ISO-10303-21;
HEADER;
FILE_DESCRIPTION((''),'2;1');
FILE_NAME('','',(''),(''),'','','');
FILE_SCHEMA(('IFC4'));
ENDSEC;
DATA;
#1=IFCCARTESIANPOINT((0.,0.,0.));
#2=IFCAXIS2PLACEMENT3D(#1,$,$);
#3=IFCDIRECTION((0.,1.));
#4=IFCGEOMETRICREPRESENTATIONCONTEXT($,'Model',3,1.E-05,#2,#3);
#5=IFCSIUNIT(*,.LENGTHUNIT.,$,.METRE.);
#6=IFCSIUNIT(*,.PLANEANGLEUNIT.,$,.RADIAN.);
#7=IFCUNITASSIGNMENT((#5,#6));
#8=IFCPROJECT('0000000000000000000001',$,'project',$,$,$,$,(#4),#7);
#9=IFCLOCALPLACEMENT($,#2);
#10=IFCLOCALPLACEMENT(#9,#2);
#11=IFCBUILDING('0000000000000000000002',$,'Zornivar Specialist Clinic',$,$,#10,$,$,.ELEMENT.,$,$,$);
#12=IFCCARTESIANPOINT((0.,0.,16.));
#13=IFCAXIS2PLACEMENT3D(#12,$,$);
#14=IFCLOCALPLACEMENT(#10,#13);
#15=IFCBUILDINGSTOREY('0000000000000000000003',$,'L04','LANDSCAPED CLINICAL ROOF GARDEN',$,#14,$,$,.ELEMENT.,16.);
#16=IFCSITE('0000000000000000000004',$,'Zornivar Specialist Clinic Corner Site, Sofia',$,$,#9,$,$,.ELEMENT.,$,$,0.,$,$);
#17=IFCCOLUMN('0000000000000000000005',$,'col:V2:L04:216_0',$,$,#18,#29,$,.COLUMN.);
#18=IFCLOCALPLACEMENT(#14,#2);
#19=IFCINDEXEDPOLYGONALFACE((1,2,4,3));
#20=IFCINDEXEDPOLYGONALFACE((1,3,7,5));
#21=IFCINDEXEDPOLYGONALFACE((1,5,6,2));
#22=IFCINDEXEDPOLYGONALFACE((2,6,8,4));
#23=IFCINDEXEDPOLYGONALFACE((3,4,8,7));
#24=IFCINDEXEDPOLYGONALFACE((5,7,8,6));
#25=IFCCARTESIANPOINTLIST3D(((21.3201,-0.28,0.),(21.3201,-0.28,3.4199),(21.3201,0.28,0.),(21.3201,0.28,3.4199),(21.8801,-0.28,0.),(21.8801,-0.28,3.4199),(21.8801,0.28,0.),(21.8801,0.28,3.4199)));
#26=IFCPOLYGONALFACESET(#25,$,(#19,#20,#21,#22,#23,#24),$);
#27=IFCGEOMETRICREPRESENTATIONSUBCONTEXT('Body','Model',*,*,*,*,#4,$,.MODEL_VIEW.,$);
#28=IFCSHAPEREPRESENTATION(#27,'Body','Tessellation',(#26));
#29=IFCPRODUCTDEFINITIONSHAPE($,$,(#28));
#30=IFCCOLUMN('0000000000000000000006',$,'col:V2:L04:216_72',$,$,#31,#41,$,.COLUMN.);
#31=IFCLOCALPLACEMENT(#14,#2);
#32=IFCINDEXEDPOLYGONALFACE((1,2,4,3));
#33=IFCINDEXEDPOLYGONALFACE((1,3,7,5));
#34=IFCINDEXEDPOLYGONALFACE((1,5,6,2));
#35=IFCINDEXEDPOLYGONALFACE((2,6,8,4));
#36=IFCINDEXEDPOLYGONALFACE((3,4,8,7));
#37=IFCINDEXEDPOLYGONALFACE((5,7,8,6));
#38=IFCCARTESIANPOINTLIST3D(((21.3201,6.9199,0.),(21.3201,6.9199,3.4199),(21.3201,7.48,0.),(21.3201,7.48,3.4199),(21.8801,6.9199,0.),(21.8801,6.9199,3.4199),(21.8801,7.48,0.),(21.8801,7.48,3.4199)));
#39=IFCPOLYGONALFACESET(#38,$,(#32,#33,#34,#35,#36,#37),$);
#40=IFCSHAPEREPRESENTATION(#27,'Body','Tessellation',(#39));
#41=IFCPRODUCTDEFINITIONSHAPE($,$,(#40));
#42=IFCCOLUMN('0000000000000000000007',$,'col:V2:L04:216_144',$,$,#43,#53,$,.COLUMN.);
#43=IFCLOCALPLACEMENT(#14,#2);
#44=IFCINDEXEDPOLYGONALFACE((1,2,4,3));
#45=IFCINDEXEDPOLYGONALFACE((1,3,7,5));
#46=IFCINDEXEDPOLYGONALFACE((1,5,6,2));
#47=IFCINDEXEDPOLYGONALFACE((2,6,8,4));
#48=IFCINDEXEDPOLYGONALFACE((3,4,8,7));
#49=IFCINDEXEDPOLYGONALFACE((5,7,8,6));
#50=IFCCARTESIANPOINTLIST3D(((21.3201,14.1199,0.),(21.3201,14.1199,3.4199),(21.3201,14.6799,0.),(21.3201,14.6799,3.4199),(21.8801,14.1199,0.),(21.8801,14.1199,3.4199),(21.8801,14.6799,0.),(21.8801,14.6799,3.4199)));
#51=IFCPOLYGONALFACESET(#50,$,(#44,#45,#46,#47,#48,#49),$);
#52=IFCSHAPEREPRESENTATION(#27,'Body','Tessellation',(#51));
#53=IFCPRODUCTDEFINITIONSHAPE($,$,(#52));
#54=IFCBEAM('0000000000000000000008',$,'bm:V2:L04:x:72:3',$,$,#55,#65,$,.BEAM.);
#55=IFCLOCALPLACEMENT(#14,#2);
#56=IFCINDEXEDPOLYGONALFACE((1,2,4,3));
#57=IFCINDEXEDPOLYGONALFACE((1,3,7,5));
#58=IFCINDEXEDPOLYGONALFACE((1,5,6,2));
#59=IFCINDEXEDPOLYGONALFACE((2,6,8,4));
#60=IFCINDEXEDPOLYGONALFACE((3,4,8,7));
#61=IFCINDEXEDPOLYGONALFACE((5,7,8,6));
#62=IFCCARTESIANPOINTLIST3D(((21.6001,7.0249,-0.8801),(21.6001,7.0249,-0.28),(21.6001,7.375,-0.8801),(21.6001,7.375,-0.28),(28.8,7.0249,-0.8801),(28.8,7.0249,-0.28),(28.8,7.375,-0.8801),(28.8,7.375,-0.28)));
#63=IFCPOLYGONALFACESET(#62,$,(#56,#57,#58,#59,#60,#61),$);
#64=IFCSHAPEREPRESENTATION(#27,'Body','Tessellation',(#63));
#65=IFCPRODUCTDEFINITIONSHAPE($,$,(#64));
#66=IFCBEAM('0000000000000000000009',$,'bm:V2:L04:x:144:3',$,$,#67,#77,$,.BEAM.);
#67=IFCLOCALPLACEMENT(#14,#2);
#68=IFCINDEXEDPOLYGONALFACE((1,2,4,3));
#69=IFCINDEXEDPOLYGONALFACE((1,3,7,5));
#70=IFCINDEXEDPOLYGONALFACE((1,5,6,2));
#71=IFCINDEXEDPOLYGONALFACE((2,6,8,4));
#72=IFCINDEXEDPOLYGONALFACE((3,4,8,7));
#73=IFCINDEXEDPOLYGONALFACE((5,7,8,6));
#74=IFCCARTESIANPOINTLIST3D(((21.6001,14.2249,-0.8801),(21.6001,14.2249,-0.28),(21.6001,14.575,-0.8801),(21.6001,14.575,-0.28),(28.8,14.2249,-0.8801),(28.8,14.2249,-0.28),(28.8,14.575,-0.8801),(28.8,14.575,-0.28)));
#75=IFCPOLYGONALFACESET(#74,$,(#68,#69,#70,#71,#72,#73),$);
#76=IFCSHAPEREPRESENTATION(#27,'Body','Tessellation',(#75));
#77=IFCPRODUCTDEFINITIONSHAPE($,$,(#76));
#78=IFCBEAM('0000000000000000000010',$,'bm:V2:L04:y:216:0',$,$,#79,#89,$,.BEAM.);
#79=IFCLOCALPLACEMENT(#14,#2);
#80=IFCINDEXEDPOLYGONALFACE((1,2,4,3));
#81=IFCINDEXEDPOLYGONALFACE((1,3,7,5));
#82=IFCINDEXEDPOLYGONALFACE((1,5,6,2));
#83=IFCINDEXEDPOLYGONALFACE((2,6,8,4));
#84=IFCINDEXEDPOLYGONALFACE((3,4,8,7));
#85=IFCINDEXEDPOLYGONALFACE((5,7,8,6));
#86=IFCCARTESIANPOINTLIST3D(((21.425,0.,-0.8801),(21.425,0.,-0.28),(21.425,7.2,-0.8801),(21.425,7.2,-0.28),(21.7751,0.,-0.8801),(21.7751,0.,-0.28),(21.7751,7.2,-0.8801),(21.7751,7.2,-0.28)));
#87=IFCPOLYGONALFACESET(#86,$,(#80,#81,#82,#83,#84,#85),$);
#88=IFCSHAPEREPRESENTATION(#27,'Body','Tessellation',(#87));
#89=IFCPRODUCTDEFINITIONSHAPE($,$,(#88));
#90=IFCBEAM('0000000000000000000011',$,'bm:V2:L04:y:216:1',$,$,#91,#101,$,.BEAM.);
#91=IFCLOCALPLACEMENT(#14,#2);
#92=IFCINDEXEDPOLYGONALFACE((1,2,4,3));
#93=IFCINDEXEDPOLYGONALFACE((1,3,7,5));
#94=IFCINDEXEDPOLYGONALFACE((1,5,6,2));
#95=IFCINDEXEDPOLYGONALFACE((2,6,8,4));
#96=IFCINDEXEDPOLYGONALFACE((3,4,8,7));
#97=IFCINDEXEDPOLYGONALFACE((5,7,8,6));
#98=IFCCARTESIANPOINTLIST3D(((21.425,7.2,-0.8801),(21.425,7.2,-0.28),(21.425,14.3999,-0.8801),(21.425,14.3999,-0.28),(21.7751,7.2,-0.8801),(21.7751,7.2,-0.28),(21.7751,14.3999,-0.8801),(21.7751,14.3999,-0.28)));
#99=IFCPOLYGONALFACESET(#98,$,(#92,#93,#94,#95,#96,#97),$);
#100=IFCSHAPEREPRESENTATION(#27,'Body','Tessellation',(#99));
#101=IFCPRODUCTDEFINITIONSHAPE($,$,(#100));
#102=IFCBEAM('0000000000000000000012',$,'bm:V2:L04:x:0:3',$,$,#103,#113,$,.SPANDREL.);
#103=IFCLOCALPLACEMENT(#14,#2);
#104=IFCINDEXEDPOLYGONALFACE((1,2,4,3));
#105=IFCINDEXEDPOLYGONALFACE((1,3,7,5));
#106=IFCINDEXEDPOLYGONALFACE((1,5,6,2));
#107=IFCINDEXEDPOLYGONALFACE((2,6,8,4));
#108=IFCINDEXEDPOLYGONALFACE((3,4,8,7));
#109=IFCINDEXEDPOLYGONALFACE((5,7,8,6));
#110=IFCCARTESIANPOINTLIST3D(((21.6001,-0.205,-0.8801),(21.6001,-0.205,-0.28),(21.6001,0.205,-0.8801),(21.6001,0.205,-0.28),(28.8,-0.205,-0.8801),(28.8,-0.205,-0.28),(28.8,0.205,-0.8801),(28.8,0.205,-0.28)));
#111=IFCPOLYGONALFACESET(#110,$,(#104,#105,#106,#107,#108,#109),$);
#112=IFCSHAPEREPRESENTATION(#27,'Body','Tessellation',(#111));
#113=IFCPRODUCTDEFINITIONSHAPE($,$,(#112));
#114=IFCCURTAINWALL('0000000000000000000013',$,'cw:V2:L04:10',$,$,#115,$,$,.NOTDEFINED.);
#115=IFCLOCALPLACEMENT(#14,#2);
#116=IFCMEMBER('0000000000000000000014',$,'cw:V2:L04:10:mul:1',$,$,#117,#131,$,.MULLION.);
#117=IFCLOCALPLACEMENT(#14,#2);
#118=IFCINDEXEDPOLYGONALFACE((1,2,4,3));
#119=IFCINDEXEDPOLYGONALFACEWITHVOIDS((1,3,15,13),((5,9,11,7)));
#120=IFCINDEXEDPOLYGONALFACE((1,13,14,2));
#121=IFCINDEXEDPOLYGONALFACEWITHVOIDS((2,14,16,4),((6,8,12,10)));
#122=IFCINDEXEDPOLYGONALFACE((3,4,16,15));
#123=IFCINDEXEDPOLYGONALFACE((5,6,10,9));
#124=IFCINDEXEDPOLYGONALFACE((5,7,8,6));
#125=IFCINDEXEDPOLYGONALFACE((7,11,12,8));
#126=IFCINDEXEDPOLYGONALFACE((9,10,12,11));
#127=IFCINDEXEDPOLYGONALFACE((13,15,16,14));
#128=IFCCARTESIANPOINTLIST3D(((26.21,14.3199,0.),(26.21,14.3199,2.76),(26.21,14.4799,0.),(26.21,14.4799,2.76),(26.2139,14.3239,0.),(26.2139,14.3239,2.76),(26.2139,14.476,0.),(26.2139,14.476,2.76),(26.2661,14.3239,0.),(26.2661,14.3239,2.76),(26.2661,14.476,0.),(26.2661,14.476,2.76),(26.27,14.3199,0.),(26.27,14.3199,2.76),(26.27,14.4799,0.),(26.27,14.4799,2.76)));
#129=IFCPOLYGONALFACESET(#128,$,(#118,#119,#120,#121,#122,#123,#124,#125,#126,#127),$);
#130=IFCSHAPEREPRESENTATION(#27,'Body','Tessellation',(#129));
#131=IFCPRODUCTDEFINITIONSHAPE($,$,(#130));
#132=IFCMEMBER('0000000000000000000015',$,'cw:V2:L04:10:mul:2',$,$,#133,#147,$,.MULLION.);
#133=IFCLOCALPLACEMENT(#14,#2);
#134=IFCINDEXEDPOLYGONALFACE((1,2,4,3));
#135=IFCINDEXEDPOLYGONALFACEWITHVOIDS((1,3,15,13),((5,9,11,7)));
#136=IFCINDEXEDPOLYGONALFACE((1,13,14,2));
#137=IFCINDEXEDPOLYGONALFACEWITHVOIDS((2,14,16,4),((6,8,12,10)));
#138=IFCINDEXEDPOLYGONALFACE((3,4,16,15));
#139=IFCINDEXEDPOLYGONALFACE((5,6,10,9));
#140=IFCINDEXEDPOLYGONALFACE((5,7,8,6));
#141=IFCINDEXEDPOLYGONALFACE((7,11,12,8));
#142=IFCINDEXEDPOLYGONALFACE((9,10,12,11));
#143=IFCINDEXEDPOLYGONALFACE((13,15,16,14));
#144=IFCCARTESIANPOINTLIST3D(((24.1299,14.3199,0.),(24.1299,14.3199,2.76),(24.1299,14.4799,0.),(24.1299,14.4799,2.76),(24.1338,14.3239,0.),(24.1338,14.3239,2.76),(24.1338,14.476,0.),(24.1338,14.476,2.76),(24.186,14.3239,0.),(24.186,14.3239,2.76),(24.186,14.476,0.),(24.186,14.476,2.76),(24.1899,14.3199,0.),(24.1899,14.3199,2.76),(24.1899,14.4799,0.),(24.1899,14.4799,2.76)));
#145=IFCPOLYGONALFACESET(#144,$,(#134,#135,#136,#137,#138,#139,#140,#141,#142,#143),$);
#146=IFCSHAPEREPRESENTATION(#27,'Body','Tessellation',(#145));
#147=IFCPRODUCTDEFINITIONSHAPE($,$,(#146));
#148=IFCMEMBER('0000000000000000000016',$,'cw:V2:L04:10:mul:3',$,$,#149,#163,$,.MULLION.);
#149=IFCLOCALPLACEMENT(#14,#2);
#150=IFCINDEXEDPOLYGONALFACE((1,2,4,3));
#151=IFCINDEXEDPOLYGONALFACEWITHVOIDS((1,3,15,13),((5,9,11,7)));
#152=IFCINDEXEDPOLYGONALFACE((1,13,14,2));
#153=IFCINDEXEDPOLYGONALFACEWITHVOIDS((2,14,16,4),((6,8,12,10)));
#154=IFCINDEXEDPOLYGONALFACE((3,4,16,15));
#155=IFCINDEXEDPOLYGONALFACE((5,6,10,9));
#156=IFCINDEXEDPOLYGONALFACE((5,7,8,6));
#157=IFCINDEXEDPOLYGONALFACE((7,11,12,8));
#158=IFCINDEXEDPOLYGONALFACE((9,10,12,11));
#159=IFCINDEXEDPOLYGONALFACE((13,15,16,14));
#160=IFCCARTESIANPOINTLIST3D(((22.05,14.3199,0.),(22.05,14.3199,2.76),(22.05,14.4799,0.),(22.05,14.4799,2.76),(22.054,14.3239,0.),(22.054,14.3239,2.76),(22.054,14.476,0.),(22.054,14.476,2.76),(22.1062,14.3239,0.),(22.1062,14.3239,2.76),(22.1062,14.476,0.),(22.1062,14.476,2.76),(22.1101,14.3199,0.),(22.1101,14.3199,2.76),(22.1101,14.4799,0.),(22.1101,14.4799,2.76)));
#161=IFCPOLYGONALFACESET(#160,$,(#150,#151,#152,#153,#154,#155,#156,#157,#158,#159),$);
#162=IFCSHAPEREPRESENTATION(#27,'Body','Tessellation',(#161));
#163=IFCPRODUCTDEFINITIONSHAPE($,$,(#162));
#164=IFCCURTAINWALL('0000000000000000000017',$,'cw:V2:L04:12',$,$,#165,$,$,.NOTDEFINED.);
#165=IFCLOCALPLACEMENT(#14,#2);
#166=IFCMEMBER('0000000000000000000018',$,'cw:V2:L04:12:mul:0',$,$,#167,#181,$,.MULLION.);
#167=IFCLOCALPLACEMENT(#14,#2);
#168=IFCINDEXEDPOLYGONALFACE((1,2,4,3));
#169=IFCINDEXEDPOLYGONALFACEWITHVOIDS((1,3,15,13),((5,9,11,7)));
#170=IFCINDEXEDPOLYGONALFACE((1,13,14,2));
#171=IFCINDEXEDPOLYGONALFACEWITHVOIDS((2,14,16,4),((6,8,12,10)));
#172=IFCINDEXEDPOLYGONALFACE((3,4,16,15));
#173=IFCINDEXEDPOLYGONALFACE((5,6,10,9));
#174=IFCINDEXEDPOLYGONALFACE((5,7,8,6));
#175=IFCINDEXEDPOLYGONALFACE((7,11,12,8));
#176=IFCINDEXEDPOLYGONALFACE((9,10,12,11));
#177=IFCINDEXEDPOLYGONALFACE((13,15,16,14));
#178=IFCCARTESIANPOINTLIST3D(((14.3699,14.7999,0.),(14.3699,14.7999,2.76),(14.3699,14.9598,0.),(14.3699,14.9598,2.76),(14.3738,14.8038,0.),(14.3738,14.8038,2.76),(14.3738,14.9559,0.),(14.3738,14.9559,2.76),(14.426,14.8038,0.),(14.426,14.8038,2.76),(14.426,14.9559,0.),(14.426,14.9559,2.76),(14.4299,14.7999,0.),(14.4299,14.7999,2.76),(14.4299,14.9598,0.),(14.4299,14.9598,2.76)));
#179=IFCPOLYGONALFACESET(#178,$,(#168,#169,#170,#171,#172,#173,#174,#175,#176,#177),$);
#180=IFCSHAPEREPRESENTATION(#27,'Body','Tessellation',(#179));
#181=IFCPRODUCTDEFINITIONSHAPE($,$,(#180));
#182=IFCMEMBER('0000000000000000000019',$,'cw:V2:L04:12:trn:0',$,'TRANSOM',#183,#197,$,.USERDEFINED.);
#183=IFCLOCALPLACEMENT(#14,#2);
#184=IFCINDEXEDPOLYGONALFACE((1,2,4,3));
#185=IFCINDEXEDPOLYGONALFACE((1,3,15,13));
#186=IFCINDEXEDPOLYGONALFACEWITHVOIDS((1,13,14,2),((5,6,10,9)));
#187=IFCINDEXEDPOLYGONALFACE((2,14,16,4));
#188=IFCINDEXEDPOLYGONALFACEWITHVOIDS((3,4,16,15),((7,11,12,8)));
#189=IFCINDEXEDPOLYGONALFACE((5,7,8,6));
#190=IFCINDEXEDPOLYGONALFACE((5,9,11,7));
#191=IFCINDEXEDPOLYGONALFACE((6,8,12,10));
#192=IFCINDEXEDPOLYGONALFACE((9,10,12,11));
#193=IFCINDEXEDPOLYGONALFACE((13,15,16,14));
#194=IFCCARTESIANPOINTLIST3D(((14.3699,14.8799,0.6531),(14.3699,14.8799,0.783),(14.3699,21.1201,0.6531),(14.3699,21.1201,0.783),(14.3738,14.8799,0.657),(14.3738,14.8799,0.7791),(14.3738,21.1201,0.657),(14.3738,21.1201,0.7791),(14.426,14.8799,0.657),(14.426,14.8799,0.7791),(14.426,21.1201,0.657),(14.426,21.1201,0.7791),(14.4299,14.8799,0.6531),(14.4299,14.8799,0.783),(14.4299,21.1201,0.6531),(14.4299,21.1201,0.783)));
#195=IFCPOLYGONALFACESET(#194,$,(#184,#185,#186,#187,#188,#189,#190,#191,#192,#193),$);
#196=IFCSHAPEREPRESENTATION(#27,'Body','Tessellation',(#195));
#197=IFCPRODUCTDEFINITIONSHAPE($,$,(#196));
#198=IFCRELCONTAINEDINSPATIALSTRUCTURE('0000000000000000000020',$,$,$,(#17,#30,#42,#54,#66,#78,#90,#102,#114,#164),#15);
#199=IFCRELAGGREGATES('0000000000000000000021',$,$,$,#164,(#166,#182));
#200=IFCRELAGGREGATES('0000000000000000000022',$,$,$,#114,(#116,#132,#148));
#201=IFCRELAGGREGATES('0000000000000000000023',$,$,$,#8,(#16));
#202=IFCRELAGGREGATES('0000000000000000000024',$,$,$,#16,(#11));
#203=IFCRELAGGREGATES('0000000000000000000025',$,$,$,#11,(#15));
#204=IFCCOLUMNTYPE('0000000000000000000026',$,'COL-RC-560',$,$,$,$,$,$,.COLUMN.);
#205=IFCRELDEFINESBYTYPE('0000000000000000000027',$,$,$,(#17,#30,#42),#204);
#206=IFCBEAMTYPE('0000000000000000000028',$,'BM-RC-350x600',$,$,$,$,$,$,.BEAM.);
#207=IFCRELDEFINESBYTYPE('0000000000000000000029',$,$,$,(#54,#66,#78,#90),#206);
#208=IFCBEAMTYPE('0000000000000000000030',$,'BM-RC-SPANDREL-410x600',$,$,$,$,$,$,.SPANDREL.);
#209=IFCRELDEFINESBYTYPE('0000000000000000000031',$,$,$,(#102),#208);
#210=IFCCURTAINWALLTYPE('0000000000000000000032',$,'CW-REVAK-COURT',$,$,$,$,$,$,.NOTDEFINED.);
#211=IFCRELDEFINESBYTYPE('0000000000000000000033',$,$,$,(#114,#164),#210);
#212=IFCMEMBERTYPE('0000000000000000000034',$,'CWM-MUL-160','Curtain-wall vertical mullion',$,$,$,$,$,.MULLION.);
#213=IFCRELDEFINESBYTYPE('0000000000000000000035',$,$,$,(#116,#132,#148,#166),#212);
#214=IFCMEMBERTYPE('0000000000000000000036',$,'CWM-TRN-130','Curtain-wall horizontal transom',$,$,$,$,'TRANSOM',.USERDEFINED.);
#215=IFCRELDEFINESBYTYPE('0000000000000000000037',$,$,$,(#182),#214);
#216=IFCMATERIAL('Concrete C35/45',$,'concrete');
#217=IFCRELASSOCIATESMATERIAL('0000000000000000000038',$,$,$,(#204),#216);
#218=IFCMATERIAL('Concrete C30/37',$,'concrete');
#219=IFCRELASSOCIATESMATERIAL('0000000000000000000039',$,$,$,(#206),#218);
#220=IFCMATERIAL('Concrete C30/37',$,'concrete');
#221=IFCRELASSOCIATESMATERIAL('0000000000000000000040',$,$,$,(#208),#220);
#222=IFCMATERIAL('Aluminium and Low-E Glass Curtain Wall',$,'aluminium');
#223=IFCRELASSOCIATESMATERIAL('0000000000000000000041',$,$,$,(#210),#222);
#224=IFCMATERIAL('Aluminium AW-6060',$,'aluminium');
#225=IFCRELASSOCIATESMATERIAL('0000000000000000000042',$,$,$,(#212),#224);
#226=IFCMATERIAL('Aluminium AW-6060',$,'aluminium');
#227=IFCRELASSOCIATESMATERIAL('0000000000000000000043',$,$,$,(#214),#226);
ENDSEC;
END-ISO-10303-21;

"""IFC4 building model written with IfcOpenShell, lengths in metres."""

from ifc_helpers import new_model, si_unit, direction, frame, origin, origin_2d, place, context, subcontext, project, spatial, rectangle, hollow_rectangle, extrude, material, material_profile, profile_set, type_object, element, aggregate, save


model = new_model("IFC4")

# Units and contexts
model_context = context("Model", 3, precision=1e-05, world=origin(), true_north=direction((0.0, 1.0)))
body_context = subcontext(model_context, "Body", "Model", "MODEL_VIEW")
ifc_project = project(units=[si_unit("LENGTHUNIT", "METRE"), si_unit("PLANEANGLEUNIT", "RADIAN")], contexts=[model_context])

# Site, building, storey
site_placement = place(None, origin())
site = spatial("IfcSite", under=ifc_project, at=site_placement, Name="Zornivar Specialist Clinic Corner Site, Sofia", CompositionType="ELEMENT", RefElevation=0.0)
building_placement = place(site_placement, origin())
building = spatial("IfcBuilding", under=site, at=building_placement, Name="Zornivar Specialist Clinic", CompositionType="ELEMENT")
storey_placement = place(building_placement, frame((0.0, 0.0, 16.0)))
storey = spatial("IfcBuildingStorey", under=building, at=storey_placement, Name="L04", Description="LANDSCAPED CLINICAL ROOF GARDEN", CompositionType="ELEMENT", Elevation=16.0)

# Columns
ifc_material_1 = material(Name="Concrete C35/45", Category="concrete")
ifc_material_profile_1 = material_profile(ifc_material_1, rectangle(XDim=0.5601, YDim=0.5601, at=origin_2d()), Name="RC 560x560")
ifc_profile_set_1 = profile_set([ifc_material_profile_1], Name="Concrete C35/45")
column_type = type_object("IfcColumnType", Name="COL-RC-560", PredefinedType="COLUMN", material=ifc_profile_set_1)
for number, where, z_axis, x_axis, name in (
    (1, (21.6001, 0.0, 0.0), (0.0, 0.0, 1.0), (1.0, 0.0, 0.0), "col:V2:L04:216_0"),
    (2, (21.6001, 7.2, 0.0), (0.0, 0.0, 1.0), (1.0, 0.0, 0.0), "col:V2:L04:216_72"),
    (3, (21.6001, 14.3999, 0.0), (0.0, 0.0, 1.0), (1.0, 0.0, 0.0), "col:V2:L04:216_144"),
):
    element("IfcColumn", number, at=place(storey_placement, frame(where, z_axis=z_axis, x_axis=x_axis)), inside=storey, type_object=column_type, Name=name, PredefinedType="COLUMN", context=body_context, shape_type="SweptSolid", body=[
        extrude(rectangle(XDim=0.5601, YDim=0.5601, at=origin_2d()), origin(), (0.0, 0.0, 1.0), 3.4199),
    ])

# Beams
ifc_material_2 = material(Name="Concrete C30/37", Category="concrete")
ifc_material_profile_2 = material_profile(ifc_material_2, rectangle(XDim=0.3501, YDim=0.6001, at=origin_2d()), Name="RC 350x600")
ifc_profile_set_2 = profile_set([ifc_material_profile_2], Name="Concrete C30/37")
beam_type_1 = type_object("IfcBeamType", Name="BM-RC-350x600", PredefinedType="BEAM", material=ifc_profile_set_2)
for number, where, z_axis, x_axis, name in (
    (4, (21.6001, 7.2, -0.5801), (1.0, 0.0, 0.0), (0.0, 1.0, 0.0), "bm:V2:L04:x:72:3"),
    (5, (21.6001, 14.3999, -0.5801), (1.0, 0.0, 0.0), (0.0, 1.0, 0.0), "bm:V2:L04:x:144:3"),
    (6, (21.6001, 0.0, -0.5801), (0.0, 1.0, 0.0), (-1.0, 0.0, 0.0), "bm:V2:L04:y:216:0"),
    (7, (21.6001, 7.2, -0.5801), (0.0, 1.0, 0.0), (-1.0, 0.0, 0.0), "bm:V2:L04:y:216:1"),
):
    element("IfcBeam", number, at=place(storey_placement, frame(where, z_axis=z_axis, x_axis=x_axis)), inside=storey, type_object=beam_type_1, Name=name, PredefinedType="BEAM", context=body_context, shape_type="SweptSolid", body=[
        extrude(rectangle(XDim=0.3501, YDim=0.6001, at=origin_2d()), origin(), (0.0, 0.0, 1.0), 7.2),
    ])
ifc_material_3 = material(Name="Concrete C30/37", Category="concrete")
ifc_material_profile_3 = material_profile(ifc_material_3, rectangle(XDim=0.4099, YDim=0.6001, at=origin_2d()), Name="RC 410x600")
ifc_profile_set_3 = profile_set([ifc_material_profile_3], Name="Concrete C30/37")
beam_type_2 = type_object("IfcBeamType", Name="BM-RC-SPANDREL-410x600", PredefinedType="SPANDREL", material=ifc_profile_set_3)
beam_placement = place(storey_placement, frame((21.6001, 0.0, -0.5801), z_axis=(1.0, 0.0, 0.0), x_axis=(0.0, 1.0, 0.0)))
element("IfcBeam", 8, at=beam_placement, inside=storey, type_object=beam_type_2, Name="bm:V2:L04:x:0:3", PredefinedType="SPANDREL", context=body_context, shape_type="SweptSolid", body=[
    extrude(rectangle(XDim=0.4099, YDim=0.6001, at=origin_2d()), origin(), (0.0, 0.0, 1.0), 7.2),
])

# Curtain walls, members
ifc_material_4 = material(Name="Aluminium and Low-E Glass Curtain Wall", Category="aluminium")
curtain_wall_type = type_object("IfcCurtainWallType", Name="CW-REVAK-COURT", PredefinedType="NOTDEFINED", material=ifc_material_4)
curtain_wall_1_placement = place(storey_placement, origin())
curtain_wall_1 = element("IfcCurtainWall", 9, at=curtain_wall_1_placement, inside=storey, type_object=curtain_wall_type, Name="cw:V2:L04:10", PredefinedType="NOTDEFINED")
ifc_material_5 = material(Name="Aluminium AW-6060", Category="aluminium")
ifc_material_profile_4 = material_profile(ifc_material_5, hollow_rectangle(XDim=0.0601, YDim=0.1599, WallThickness=0.0039, at=origin_2d()), Name="ALU 60x160x4")
ifc_profile_set_4 = profile_set([ifc_material_profile_4], Name="Aluminium AW-6060")
member_type_1 = type_object("IfcMemberType", Name="CWM-MUL-160", Description="Curtain-wall vertical mullion", PredefinedType="MULLION", material=ifc_profile_set_4)
member_1_placement = place(storey_placement, frame((26.24, 14.3999, 0.0), z_axis=(0.0, 0.0, 1.0), x_axis=(1.0, 0.0, 0.0)))
member_1 = element("IfcMember", 10, at=member_1_placement, type_object=member_type_1, Name="cw:V2:L04:10:mul:1", PredefinedType="MULLION", context=body_context, shape_type="SweptSolid", body=[
    extrude(hollow_rectangle(XDim=0.0601, YDim=0.1599, WallThickness=0.0039, at=origin_2d()), origin(), (0.0, 0.0, 1.0), 2.76),
])
member_2_placement = place(storey_placement, frame((24.1599, 14.3999, 0.0), z_axis=(0.0, 0.0, 1.0), x_axis=(1.0, 0.0, 0.0)))
member_2 = element("IfcMember", 11, at=member_2_placement, type_object=member_type_1, Name="cw:V2:L04:10:mul:2", PredefinedType="MULLION", context=body_context, shape_type="SweptSolid", body=[
    extrude(hollow_rectangle(XDim=0.0601, YDim=0.1599, WallThickness=0.0039, at=origin_2d()), origin(), (0.0, 0.0, 1.0), 2.76),
])
member_3_placement = place(storey_placement, frame((22.0801, 14.3999, 0.0), z_axis=(0.0, 0.0, 1.0), x_axis=(1.0, 0.0, 0.0)))
member_3 = element("IfcMember", 12, at=member_3_placement, type_object=member_type_1, Name="cw:V2:L04:10:mul:3", PredefinedType="MULLION", context=body_context, shape_type="SweptSolid", body=[
    extrude(hollow_rectangle(XDim=0.0601, YDim=0.1599, WallThickness=0.0039, at=origin_2d()), origin(), (0.0, 0.0, 1.0), 2.76),
])
curtain_wall_2_placement = place(storey_placement, origin())
curtain_wall_2 = element("IfcCurtainWall", 13, at=curtain_wall_2_placement, inside=storey, type_object=curtain_wall_type, Name="cw:V2:L04:12", PredefinedType="NOTDEFINED")
member_4_placement = place(storey_placement, frame((14.3999, 14.8799, 0.0), z_axis=(0.0, 0.0, 1.0), x_axis=(1.0, 0.0, 0.0)))
member_4 = element("IfcMember", 14, at=member_4_placement, type_object=member_type_1, Name="cw:V2:L04:12:mul:0", PredefinedType="MULLION", context=body_context, shape_type="SweptSolid", body=[
    extrude(hollow_rectangle(XDim=0.0601, YDim=0.1599, WallThickness=0.0039, at=origin_2d()), origin(), (0.0, 0.0, 1.0), 2.76),
])
ifc_material_6 = material(Name="Aluminium AW-6060", Category="aluminium")
ifc_material_profile_5 = material_profile(ifc_material_6, hollow_rectangle(XDim=0.0601, YDim=0.1299, WallThickness=0.0039, at=origin_2d()), Name="ALU 60x130x4")
ifc_profile_set_5 = profile_set([ifc_material_profile_5], Name="Aluminium AW-6060")
member_type_2 = type_object("IfcMemberType", Name="CWM-TRN-130", Description="Curtain-wall horizontal transom", ElementType="TRANSOM", PredefinedType="USERDEFINED", material=ifc_profile_set_5)
member_5_placement = place(storey_placement, frame((14.3999, 14.8799, 0.718), z_axis=(0.0, 1.0, 0.0), x_axis=(-1.0, 0.0, 0.0)))
member_5 = element("IfcMember", 15, at=member_5_placement, type_object=member_type_2, Name="cw:V2:L04:12:trn:0", ObjectType="TRANSOM", PredefinedType="USERDEFINED", context=body_context, shape_type="SweptSolid", body=[
    extrude(hollow_rectangle(XDim=0.0601, YDim=0.1299, WallThickness=0.0039, at=origin_2d()), origin(), (0.0, 0.0, 1.0), 6.2402),
])

aggregate(curtain_wall_2, [member_4, member_5])
aggregate(curtain_wall_1, [member_1, member_2, member_3])

save(model, "model.ifc")
